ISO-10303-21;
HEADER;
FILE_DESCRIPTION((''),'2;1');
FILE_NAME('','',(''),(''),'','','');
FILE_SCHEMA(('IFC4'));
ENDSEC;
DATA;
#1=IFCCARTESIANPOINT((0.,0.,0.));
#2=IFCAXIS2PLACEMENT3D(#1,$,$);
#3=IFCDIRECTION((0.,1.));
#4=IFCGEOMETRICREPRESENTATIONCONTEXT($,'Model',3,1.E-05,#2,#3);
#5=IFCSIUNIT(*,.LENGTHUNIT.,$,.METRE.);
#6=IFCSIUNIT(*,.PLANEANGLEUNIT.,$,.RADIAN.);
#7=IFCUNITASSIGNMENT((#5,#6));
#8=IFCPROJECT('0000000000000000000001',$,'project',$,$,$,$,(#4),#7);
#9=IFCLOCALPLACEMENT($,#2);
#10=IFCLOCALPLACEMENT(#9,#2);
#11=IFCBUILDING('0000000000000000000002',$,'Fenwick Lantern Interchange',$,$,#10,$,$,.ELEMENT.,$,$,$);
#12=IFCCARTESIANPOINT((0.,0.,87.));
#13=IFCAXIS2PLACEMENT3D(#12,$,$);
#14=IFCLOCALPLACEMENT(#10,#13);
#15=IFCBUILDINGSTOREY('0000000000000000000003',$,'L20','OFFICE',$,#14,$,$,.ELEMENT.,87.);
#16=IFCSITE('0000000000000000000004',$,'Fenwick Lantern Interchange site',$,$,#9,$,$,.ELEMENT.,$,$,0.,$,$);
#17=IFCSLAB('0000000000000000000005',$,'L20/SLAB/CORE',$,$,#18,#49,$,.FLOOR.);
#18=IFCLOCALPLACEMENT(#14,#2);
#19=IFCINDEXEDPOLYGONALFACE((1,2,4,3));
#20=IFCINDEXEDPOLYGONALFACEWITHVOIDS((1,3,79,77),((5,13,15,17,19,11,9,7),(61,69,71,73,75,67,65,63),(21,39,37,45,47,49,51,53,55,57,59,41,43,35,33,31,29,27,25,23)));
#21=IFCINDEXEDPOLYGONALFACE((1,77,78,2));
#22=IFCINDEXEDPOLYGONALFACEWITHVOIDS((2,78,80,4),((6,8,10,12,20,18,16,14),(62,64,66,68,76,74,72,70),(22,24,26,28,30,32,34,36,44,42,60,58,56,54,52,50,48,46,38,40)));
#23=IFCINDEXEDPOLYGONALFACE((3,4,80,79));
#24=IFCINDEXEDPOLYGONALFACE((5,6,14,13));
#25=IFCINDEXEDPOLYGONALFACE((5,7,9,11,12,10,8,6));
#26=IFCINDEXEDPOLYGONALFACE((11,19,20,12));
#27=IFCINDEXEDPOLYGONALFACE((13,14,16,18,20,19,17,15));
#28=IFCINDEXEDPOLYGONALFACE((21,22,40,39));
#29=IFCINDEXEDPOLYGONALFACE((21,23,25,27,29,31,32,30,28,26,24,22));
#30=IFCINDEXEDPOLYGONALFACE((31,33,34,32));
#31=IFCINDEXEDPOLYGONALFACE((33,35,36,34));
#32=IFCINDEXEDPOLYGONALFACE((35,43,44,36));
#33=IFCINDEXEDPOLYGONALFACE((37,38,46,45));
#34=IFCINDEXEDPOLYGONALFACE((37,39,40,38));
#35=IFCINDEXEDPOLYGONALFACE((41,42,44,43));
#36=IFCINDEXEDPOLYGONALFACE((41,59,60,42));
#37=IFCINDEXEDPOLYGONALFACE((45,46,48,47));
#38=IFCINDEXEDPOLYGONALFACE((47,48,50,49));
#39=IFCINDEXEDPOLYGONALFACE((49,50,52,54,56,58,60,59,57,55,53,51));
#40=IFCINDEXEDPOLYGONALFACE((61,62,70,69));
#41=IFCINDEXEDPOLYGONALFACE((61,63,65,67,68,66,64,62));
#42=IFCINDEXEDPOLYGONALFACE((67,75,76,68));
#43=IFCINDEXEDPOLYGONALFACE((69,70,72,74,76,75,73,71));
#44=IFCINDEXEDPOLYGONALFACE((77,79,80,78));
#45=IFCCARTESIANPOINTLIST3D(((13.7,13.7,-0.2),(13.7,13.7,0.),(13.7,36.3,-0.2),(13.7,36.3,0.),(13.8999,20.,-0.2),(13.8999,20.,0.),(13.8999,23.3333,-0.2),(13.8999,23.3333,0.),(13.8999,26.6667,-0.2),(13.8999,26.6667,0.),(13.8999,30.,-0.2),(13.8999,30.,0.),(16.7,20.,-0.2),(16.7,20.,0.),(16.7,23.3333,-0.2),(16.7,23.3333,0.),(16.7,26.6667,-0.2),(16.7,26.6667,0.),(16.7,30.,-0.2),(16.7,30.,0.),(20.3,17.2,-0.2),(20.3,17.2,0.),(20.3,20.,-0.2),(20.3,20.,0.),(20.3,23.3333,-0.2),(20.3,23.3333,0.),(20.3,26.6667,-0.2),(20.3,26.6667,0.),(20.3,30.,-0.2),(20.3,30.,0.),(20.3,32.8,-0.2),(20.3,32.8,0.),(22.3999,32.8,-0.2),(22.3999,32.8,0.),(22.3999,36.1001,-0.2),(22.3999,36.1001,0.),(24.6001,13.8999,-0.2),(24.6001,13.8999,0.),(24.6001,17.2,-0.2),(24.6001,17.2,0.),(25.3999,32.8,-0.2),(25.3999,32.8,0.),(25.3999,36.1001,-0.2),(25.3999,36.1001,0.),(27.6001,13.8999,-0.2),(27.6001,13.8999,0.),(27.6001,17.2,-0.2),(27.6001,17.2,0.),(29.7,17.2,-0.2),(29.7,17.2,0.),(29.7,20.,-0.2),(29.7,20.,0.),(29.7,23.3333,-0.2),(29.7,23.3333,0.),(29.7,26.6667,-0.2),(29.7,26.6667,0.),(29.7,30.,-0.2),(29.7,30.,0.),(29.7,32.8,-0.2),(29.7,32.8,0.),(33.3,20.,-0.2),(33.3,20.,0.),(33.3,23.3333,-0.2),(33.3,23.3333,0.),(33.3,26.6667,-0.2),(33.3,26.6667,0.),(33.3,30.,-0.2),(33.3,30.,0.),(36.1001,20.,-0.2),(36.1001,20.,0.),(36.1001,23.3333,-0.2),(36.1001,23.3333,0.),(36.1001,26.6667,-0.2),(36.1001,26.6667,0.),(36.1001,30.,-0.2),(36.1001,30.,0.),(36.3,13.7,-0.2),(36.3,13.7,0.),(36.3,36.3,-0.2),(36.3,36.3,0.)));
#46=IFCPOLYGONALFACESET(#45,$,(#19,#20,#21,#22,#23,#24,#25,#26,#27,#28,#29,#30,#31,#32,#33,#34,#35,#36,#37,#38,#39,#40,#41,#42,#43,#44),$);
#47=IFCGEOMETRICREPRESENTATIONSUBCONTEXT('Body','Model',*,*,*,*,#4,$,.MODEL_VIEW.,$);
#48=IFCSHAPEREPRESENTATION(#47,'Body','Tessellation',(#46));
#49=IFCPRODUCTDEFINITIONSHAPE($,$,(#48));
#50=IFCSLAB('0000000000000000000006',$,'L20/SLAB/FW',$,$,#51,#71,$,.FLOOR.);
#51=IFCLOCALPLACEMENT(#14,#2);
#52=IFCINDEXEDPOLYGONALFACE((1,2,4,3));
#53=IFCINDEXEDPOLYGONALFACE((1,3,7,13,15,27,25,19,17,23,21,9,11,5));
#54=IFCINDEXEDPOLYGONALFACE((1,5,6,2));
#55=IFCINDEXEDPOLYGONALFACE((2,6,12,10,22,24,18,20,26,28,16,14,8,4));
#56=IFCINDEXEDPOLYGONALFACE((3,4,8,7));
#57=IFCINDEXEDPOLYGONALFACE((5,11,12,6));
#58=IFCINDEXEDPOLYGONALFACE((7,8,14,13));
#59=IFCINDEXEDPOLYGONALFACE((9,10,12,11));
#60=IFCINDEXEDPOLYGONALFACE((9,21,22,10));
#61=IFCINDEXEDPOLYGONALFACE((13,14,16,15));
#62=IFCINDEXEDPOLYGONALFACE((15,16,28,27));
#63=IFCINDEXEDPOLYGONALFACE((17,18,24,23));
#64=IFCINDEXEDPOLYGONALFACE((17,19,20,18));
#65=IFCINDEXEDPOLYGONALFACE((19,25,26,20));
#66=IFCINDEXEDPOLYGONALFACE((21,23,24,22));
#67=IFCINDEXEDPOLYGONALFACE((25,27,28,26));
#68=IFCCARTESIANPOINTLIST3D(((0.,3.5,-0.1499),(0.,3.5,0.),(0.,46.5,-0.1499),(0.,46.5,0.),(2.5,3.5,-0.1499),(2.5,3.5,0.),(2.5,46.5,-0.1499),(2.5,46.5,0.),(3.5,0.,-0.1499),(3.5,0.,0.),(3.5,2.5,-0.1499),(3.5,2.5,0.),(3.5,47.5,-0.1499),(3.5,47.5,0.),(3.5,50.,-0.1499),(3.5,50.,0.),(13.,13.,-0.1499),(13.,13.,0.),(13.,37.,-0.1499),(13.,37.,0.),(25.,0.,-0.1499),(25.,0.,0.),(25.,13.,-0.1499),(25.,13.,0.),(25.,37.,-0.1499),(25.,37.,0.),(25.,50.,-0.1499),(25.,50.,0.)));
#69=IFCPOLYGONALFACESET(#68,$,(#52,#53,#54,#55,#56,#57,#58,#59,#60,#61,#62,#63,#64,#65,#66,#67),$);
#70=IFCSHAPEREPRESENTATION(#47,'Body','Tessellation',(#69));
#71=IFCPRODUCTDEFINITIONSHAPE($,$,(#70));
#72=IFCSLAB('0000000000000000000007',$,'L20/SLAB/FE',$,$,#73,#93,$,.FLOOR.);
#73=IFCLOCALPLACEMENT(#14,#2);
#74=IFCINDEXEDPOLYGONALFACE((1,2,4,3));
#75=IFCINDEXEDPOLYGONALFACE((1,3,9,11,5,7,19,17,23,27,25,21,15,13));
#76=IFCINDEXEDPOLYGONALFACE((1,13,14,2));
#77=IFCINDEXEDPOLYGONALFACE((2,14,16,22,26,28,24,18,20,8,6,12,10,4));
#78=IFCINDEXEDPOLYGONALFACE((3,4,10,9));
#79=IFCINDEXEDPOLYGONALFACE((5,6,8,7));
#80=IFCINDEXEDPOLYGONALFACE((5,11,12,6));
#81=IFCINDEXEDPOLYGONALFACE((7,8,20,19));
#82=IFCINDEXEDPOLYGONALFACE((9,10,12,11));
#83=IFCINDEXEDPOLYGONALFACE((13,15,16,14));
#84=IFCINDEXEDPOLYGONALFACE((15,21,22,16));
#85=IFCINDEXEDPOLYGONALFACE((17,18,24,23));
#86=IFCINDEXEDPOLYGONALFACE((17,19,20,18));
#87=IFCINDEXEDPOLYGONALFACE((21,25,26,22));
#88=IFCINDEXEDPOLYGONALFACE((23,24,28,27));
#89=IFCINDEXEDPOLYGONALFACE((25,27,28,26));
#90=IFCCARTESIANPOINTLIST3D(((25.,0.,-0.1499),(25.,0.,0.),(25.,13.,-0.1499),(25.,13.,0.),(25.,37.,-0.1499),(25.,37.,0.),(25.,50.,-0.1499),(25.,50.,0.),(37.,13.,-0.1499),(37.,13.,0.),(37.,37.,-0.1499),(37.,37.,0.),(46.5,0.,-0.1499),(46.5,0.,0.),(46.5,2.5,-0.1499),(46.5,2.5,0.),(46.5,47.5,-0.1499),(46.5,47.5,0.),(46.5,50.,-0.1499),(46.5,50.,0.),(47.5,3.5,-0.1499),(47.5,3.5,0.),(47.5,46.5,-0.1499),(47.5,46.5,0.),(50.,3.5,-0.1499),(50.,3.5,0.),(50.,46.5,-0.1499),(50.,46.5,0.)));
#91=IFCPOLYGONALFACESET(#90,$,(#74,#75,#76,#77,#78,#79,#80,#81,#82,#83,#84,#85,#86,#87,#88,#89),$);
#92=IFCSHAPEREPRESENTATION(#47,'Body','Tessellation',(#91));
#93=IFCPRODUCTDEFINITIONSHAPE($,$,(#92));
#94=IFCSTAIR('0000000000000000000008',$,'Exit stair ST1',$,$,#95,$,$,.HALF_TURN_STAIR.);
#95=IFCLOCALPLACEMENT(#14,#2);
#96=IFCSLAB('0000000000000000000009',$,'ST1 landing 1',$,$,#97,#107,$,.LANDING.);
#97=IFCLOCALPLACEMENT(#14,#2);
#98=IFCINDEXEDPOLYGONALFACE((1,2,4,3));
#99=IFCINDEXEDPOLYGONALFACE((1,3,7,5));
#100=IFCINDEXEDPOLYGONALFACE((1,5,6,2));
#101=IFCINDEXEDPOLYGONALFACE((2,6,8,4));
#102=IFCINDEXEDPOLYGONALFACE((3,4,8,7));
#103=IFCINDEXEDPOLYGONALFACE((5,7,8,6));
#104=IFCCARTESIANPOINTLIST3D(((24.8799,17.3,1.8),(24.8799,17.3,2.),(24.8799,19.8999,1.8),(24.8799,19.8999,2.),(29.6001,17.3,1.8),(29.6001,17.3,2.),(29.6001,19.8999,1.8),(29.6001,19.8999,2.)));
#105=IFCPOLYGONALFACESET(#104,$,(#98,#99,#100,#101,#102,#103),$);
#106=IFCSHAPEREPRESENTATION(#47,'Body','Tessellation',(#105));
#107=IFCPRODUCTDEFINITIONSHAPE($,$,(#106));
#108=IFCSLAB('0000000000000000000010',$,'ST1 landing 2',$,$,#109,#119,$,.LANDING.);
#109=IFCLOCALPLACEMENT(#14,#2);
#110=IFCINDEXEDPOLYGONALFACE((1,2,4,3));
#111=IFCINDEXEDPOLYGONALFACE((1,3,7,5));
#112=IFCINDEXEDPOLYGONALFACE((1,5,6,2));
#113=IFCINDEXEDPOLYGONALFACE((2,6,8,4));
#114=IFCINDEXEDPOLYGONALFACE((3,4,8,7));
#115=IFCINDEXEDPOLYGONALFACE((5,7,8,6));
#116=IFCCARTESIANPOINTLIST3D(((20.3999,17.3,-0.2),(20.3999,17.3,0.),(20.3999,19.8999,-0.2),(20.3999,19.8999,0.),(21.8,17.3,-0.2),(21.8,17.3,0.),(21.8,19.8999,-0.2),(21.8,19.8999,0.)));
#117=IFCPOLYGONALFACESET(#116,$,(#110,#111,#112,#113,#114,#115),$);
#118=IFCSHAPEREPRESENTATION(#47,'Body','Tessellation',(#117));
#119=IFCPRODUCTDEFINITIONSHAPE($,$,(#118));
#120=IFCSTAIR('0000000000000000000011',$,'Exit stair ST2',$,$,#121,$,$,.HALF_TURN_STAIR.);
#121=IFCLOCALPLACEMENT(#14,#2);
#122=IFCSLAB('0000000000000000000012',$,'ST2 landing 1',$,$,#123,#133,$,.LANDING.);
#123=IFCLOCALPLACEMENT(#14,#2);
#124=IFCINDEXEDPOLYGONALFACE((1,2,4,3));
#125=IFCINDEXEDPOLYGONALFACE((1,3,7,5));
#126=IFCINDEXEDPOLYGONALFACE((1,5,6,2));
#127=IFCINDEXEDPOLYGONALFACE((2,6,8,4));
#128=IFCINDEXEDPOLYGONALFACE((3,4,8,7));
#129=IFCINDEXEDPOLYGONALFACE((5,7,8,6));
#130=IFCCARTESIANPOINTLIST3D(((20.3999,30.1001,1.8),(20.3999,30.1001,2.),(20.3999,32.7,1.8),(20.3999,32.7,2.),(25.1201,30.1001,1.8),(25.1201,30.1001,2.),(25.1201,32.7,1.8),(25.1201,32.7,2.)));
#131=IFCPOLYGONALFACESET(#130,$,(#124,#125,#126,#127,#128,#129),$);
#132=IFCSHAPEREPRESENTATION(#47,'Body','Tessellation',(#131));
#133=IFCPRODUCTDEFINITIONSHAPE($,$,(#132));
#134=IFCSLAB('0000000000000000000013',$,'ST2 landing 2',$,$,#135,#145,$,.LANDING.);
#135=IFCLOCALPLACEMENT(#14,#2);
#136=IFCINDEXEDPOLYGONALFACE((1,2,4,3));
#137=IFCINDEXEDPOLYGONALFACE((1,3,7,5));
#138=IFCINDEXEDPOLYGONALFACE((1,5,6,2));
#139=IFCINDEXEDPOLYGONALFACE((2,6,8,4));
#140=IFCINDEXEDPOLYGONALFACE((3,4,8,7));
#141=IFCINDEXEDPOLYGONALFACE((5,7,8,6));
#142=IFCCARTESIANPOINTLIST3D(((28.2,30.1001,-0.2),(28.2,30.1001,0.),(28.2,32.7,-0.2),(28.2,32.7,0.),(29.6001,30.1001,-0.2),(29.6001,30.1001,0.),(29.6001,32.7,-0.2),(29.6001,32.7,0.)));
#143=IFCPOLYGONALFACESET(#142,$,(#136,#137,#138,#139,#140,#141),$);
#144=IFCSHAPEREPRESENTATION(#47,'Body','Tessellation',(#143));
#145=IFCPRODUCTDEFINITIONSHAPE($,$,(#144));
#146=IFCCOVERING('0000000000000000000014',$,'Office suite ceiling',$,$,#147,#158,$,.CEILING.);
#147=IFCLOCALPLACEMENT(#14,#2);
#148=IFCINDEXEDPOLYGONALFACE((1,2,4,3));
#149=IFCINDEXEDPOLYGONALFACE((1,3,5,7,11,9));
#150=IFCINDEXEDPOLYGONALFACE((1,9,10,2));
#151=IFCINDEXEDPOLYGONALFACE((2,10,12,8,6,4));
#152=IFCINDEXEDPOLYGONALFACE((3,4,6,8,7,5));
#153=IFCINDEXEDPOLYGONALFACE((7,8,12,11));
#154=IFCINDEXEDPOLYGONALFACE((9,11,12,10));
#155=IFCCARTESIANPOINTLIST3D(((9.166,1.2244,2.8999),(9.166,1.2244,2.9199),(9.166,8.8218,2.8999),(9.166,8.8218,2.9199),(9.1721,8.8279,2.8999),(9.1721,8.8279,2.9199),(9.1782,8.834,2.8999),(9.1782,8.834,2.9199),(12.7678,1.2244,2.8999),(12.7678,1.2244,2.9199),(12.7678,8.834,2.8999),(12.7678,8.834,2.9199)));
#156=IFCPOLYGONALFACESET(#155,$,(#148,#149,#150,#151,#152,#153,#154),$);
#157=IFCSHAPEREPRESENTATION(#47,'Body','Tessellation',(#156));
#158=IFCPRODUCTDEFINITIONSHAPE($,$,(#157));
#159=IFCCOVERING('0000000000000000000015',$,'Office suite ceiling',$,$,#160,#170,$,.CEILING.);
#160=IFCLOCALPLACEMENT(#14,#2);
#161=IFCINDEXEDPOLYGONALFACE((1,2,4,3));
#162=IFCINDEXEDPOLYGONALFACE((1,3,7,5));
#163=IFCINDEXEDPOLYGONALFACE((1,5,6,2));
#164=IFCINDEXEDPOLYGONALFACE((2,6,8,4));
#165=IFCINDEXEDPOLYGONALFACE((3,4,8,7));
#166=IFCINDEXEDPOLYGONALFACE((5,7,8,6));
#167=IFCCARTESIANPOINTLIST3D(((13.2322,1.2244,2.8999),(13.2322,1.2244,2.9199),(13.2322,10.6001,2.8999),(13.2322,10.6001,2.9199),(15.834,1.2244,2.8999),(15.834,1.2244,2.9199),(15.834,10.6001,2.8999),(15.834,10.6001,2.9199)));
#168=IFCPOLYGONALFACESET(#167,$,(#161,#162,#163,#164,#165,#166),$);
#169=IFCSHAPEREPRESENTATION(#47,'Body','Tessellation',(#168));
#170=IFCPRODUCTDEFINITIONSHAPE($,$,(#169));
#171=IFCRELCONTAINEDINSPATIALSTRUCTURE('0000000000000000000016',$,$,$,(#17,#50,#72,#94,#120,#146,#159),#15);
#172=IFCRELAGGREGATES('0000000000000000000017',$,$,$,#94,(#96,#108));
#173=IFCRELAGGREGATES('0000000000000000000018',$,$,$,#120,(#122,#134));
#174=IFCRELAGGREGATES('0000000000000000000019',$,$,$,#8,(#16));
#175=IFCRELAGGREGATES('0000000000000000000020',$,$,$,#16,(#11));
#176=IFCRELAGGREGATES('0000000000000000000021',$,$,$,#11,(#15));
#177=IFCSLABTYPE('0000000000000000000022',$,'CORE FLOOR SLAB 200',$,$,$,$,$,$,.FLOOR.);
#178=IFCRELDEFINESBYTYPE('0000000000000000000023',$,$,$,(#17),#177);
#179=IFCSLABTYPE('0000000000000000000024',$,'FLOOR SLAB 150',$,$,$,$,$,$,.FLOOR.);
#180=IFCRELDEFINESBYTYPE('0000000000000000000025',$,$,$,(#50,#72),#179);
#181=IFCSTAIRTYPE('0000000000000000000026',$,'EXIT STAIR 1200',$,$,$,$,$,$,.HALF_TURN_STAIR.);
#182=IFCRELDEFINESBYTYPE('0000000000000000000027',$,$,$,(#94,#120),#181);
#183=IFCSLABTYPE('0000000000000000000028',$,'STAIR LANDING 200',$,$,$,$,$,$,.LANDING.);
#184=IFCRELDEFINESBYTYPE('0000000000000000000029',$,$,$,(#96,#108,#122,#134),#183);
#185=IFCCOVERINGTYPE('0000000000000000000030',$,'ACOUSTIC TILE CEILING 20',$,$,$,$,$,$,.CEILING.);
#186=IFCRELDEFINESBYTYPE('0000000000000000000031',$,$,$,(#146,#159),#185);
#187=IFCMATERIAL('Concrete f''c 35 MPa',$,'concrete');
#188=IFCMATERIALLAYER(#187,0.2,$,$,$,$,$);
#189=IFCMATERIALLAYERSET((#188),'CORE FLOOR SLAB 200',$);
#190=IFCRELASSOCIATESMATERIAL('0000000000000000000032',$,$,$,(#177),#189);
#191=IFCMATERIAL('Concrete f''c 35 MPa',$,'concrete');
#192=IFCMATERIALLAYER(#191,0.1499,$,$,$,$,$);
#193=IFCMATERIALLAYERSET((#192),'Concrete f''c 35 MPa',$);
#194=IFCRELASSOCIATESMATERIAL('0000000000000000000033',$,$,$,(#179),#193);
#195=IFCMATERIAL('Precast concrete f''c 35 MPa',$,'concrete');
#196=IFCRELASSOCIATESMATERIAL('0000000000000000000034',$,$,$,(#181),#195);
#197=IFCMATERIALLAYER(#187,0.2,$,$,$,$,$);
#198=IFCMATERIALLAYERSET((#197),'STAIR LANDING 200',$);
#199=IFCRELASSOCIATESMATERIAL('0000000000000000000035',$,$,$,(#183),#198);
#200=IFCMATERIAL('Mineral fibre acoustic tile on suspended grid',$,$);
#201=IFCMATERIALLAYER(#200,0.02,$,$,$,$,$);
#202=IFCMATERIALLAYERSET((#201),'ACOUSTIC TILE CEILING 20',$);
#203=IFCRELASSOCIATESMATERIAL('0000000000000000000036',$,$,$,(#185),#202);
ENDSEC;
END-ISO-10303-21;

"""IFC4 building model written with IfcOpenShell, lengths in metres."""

from ifc_helpers import new_model, si_unit, direction, frame, origin, place, context, subcontext, project, spatial, polyline, outline, extrude, material, layer, layer_set, type_object, element, aggregate, save


model = new_model("IFC4")

# Units and contexts
model_context = context("Model", 3, precision=1e-05, world=origin(), true_north=direction((0.0, 1.0)))
body_context = subcontext(model_context, "Body", "Model", "MODEL_VIEW")
ifc_project = project(units=[si_unit("LENGTHUNIT", "METRE"), si_unit("PLANEANGLEUNIT", "RADIAN")], contexts=[model_context])

# Site, building, storey
site_placement = place(None, origin())
site = spatial("IfcSite", under=ifc_project, at=site_placement, Name="Fenwick Lantern Interchange site", CompositionType="ELEMENT", RefElevation=0.0)
building_placement = place(site_placement, origin())
building = spatial("IfcBuilding", under=site, at=building_placement, Name="Fenwick Lantern Interchange", CompositionType="ELEMENT")
storey_placement = place(building_placement, frame((0.0, 0.0, 87.0)))
storey = spatial("IfcBuildingStorey", under=building, at=storey_placement, Name="L20", Description="OFFICE", CompositionType="ELEMENT", Elevation=87.0)

# Slabs
ifc_material_1 = material(Name="Concrete f'c 35 MPa", Category="concrete")
ifc_layer_1 = layer(ifc_material_1, 0.2)
ifc_layer_set_1 = layer_set([ifc_layer_1], Name="CORE FLOOR SLAB 200")
slab_type_1 = type_object("IfcSlabType", Name="CORE FLOOR SLAB 200", PredefinedType="FLOOR", material=ifc_layer_set_1)
slab_1_placement = place(storey_placement, frame((0.0, 0.0, -0.2)))
element("IfcSlab", 1, at=slab_1_placement, inside=storey, type_object=slab_type_1, Name="L20/SLAB/CORE", PredefinedType="FLOOR", context=body_context, shape_type="SweptSolid", body=[
    extrude(outline(polyline([(13.7, 36.3), (36.3, 36.3), (36.3, 13.7), (13.7, 13.7), (13.7, 36.3)]), holes=[polyline([(13.8999, 20.0), (16.7, 20.0), (16.7, 23.3333), (16.7, 26.6667), (16.7, 30.0), (13.8999, 30.0), (13.8999, 26.6667), (13.8999, 23.3333), (13.8999, 20.0)]), polyline([(20.3, 20.0), (20.3, 17.2), (24.6001, 17.2), (24.6001, 13.8999), (27.6001, 13.8999), (27.6001, 17.2), (29.7, 17.2), (29.7, 20.0), (29.7, 23.3333), (29.7, 26.6667), (29.7, 30.0), (29.7, 32.8), (25.3999, 32.8), (25.3999, 36.1001), (22.3999, 36.1001), (22.3999, 32.8), (20.3, 32.8), (20.3, 30.0), (20.3, 26.6667), (20.3, 23.3333), (20.3, 20.0)]), polyline([(33.3, 23.3333), (33.3, 20.0), (36.1001, 20.0), (36.1001, 23.3333), (36.1001, 26.6667), (36.1001, 30.0), (33.3, 30.0), (33.3, 26.6667), (33.3, 23.3333)])]), origin(), (0.0, 0.0, 1.0), 0.2),
])
ifc_material_2 = material(Name="Concrete f'c 35 MPa", Category="concrete")
ifc_layer_2 = layer(ifc_material_2, 0.1499)
ifc_layer_set_2 = layer_set([ifc_layer_2], Name="Concrete f'c 35 MPa")
slab_type_2 = type_object("IfcSlabType", Name="FLOOR SLAB 150", PredefinedType="FLOOR", material=ifc_layer_set_2)
slab_2_placement = place(storey_placement, frame((0.0, 0.0, -0.1499)))
element("IfcSlab", 2, at=slab_2_placement, inside=storey, type_object=slab_type_2, Name="L20/SLAB/FW", PredefinedType="FLOOR", context=body_context, shape_type="SweptSolid", body=[
    extrude(outline(polyline([(3.5, 0.0), (3.5, 2.5), (2.5, 3.5), (0.0, 3.5), (0.0, 46.5), (2.5, 46.5), (3.5, 47.5), (3.5, 50.0), (25.0, 50.0), (25.0, 37.0), (13.0, 37.0), (13.0, 13.0), (25.0, 13.0), (25.0, 0.0), (3.5, 0.0)])), origin(), (0.0, 0.0, 1.0), 0.1499),
])
slab_3_placement = place(storey_placement, frame((0.0, 0.0, -0.1499)))
element("IfcSlab", 3, at=slab_3_placement, inside=storey, type_object=slab_type_2, Name="L20/SLAB/FE", PredefinedType="FLOOR", context=body_context, shape_type="SweptSolid", body=[
    extrude(outline(polyline([(46.5, 50.0), (46.5, 47.5), (47.5, 46.5), (50.0, 46.5), (50.0, 3.5), (47.5, 3.5), (46.5, 2.5), (46.5, 0.0), (25.0, 0.0), (25.0, 13.0), (37.0, 13.0), (37.0, 37.0), (25.0, 37.0), (25.0, 50.0), (46.5, 50.0)])), origin(), (0.0, 0.0, 1.0), 0.1499),
])

# Stairs, slabs
ifc_material_3 = material(Name="Precast concrete f'c 35 MPa", Category="concrete")
stair_type = type_object("IfcStairType", Name="EXIT STAIR 1200", PredefinedType="HALF_TURN_STAIR", material=ifc_material_3)
stair_1_placement = place(storey_placement, origin())
stair_1 = element("IfcStair", 4, at=stair_1_placement, inside=storey, type_object=stair_type, Name="Exit stair ST1", PredefinedType="HALF_TURN_STAIR")
ifc_layer_3 = layer(ifc_material_1, 0.2)
ifc_layer_set_3 = layer_set([ifc_layer_3], Name="STAIR LANDING 200")
slab_type_3 = type_object("IfcSlabType", Name="STAIR LANDING 200", PredefinedType="LANDING", material=ifc_layer_set_3)
slab_4_placement = place(storey_placement, frame((0.0, 0.0, 1.8)))
slab_4 = element("IfcSlab", 5, at=slab_4_placement, type_object=slab_type_3, Name="ST1 landing 1", PredefinedType="LANDING", context=body_context, shape_type="SweptSolid", body=[
    extrude(outline(polyline([(24.8799, 17.3), (29.6001, 17.3), (29.6001, 19.8999), (24.8799, 19.8999), (24.8799, 17.3)])), origin(), (0.0, 0.0, 1.0), 0.2),
])
slab_5_placement = place(storey_placement, frame((0.0, 0.0, -0.2)))
slab_5 = element("IfcSlab", 6, at=slab_5_placement, type_object=slab_type_3, Name="ST1 landing 2", PredefinedType="LANDING", context=body_context, shape_type="SweptSolid", body=[
    extrude(outline(polyline([(20.3999, 17.3), (21.8, 17.3), (21.8, 19.8999), (20.3999, 19.8999), (20.3999, 17.3)])), origin(), (0.0, 0.0, 1.0), 0.2),
])
aggregate(stair_1, [slab_4, slab_5])
stair_2_placement = place(storey_placement, origin())
stair_2 = element("IfcStair", 7, at=stair_2_placement, inside=storey, type_object=stair_type, Name="Exit stair ST2", PredefinedType="HALF_TURN_STAIR")
slab_6_placement = place(storey_placement, frame((0.0, 0.0, 1.8)))
slab_6 = element("IfcSlab", 8, at=slab_6_placement, type_object=slab_type_3, Name="ST2 landing 1", PredefinedType="LANDING", context=body_context, shape_type="SweptSolid", body=[
    extrude(outline(polyline([(25.1201, 32.7), (20.3999, 32.7), (20.3999, 30.1001), (25.1201, 30.1001), (25.1201, 32.7)])), origin(), (0.0, 0.0, 1.0), 0.2),
])
slab_7_placement = place(storey_placement, frame((0.0, 0.0, -0.2)))
slab_7 = element("IfcSlab", 9, at=slab_7_placement, type_object=slab_type_3, Name="ST2 landing 2", PredefinedType="LANDING", context=body_context, shape_type="SweptSolid", body=[
    extrude(outline(polyline([(29.6001, 32.7), (28.2, 32.7), (28.2, 30.1001), (29.6001, 30.1001), (29.6001, 32.7)])), origin(), (0.0, 0.0, 1.0), 0.2),
])
aggregate(stair_2, [slab_6, slab_7])

# Coverings
ifc_material_4 = material(Name="Mineral fibre acoustic tile on suspended grid")
ifc_layer_4 = layer(ifc_material_4, 0.02)
ifc_layer_set_4 = layer_set([ifc_layer_4], Name="ACOUSTIC TILE CEILING 20")
covering_type_1 = type_object("IfcCoveringType", Name="ACOUSTIC TILE CEILING 20", PredefinedType="CEILING", material=ifc_layer_set_4)
covering_1_placement = place(storey_placement, frame((0.0, 0.0, 2.8999)))
element("IfcCovering", 10, at=covering_1_placement, inside=storey, type_object=covering_type_1, Name="Office suite ceiling", PredefinedType="CEILING", context=body_context, shape_type="SweptSolid", body=[
    extrude(outline(polyline([(9.1721, 8.8279), (9.166, 8.8218), (9.166, 1.2244), (12.7678, 1.2244), (12.7678, 8.834), (9.1782, 8.834), (9.1721, 8.8279)])), origin(), (0.0, 0.0, 1.0), 0.02),
])
covering_2_placement = place(storey_placement, frame((0.0, 0.0, 2.8999)))
element("IfcCovering", 11, at=covering_2_placement, inside=storey, type_object=covering_type_1, Name="Office suite ceiling", PredefinedType="CEILING", context=body_context, shape_type="SweptSolid", body=[
    extrude(outline(polyline([(15.834, 10.6001), (13.2322, 10.6001), (13.2322, 1.2244), (15.834, 1.2244), (15.834, 10.6001)])), origin(), (0.0, 0.0, 1.0), 0.02),
])

save(model, "model.ifc")
